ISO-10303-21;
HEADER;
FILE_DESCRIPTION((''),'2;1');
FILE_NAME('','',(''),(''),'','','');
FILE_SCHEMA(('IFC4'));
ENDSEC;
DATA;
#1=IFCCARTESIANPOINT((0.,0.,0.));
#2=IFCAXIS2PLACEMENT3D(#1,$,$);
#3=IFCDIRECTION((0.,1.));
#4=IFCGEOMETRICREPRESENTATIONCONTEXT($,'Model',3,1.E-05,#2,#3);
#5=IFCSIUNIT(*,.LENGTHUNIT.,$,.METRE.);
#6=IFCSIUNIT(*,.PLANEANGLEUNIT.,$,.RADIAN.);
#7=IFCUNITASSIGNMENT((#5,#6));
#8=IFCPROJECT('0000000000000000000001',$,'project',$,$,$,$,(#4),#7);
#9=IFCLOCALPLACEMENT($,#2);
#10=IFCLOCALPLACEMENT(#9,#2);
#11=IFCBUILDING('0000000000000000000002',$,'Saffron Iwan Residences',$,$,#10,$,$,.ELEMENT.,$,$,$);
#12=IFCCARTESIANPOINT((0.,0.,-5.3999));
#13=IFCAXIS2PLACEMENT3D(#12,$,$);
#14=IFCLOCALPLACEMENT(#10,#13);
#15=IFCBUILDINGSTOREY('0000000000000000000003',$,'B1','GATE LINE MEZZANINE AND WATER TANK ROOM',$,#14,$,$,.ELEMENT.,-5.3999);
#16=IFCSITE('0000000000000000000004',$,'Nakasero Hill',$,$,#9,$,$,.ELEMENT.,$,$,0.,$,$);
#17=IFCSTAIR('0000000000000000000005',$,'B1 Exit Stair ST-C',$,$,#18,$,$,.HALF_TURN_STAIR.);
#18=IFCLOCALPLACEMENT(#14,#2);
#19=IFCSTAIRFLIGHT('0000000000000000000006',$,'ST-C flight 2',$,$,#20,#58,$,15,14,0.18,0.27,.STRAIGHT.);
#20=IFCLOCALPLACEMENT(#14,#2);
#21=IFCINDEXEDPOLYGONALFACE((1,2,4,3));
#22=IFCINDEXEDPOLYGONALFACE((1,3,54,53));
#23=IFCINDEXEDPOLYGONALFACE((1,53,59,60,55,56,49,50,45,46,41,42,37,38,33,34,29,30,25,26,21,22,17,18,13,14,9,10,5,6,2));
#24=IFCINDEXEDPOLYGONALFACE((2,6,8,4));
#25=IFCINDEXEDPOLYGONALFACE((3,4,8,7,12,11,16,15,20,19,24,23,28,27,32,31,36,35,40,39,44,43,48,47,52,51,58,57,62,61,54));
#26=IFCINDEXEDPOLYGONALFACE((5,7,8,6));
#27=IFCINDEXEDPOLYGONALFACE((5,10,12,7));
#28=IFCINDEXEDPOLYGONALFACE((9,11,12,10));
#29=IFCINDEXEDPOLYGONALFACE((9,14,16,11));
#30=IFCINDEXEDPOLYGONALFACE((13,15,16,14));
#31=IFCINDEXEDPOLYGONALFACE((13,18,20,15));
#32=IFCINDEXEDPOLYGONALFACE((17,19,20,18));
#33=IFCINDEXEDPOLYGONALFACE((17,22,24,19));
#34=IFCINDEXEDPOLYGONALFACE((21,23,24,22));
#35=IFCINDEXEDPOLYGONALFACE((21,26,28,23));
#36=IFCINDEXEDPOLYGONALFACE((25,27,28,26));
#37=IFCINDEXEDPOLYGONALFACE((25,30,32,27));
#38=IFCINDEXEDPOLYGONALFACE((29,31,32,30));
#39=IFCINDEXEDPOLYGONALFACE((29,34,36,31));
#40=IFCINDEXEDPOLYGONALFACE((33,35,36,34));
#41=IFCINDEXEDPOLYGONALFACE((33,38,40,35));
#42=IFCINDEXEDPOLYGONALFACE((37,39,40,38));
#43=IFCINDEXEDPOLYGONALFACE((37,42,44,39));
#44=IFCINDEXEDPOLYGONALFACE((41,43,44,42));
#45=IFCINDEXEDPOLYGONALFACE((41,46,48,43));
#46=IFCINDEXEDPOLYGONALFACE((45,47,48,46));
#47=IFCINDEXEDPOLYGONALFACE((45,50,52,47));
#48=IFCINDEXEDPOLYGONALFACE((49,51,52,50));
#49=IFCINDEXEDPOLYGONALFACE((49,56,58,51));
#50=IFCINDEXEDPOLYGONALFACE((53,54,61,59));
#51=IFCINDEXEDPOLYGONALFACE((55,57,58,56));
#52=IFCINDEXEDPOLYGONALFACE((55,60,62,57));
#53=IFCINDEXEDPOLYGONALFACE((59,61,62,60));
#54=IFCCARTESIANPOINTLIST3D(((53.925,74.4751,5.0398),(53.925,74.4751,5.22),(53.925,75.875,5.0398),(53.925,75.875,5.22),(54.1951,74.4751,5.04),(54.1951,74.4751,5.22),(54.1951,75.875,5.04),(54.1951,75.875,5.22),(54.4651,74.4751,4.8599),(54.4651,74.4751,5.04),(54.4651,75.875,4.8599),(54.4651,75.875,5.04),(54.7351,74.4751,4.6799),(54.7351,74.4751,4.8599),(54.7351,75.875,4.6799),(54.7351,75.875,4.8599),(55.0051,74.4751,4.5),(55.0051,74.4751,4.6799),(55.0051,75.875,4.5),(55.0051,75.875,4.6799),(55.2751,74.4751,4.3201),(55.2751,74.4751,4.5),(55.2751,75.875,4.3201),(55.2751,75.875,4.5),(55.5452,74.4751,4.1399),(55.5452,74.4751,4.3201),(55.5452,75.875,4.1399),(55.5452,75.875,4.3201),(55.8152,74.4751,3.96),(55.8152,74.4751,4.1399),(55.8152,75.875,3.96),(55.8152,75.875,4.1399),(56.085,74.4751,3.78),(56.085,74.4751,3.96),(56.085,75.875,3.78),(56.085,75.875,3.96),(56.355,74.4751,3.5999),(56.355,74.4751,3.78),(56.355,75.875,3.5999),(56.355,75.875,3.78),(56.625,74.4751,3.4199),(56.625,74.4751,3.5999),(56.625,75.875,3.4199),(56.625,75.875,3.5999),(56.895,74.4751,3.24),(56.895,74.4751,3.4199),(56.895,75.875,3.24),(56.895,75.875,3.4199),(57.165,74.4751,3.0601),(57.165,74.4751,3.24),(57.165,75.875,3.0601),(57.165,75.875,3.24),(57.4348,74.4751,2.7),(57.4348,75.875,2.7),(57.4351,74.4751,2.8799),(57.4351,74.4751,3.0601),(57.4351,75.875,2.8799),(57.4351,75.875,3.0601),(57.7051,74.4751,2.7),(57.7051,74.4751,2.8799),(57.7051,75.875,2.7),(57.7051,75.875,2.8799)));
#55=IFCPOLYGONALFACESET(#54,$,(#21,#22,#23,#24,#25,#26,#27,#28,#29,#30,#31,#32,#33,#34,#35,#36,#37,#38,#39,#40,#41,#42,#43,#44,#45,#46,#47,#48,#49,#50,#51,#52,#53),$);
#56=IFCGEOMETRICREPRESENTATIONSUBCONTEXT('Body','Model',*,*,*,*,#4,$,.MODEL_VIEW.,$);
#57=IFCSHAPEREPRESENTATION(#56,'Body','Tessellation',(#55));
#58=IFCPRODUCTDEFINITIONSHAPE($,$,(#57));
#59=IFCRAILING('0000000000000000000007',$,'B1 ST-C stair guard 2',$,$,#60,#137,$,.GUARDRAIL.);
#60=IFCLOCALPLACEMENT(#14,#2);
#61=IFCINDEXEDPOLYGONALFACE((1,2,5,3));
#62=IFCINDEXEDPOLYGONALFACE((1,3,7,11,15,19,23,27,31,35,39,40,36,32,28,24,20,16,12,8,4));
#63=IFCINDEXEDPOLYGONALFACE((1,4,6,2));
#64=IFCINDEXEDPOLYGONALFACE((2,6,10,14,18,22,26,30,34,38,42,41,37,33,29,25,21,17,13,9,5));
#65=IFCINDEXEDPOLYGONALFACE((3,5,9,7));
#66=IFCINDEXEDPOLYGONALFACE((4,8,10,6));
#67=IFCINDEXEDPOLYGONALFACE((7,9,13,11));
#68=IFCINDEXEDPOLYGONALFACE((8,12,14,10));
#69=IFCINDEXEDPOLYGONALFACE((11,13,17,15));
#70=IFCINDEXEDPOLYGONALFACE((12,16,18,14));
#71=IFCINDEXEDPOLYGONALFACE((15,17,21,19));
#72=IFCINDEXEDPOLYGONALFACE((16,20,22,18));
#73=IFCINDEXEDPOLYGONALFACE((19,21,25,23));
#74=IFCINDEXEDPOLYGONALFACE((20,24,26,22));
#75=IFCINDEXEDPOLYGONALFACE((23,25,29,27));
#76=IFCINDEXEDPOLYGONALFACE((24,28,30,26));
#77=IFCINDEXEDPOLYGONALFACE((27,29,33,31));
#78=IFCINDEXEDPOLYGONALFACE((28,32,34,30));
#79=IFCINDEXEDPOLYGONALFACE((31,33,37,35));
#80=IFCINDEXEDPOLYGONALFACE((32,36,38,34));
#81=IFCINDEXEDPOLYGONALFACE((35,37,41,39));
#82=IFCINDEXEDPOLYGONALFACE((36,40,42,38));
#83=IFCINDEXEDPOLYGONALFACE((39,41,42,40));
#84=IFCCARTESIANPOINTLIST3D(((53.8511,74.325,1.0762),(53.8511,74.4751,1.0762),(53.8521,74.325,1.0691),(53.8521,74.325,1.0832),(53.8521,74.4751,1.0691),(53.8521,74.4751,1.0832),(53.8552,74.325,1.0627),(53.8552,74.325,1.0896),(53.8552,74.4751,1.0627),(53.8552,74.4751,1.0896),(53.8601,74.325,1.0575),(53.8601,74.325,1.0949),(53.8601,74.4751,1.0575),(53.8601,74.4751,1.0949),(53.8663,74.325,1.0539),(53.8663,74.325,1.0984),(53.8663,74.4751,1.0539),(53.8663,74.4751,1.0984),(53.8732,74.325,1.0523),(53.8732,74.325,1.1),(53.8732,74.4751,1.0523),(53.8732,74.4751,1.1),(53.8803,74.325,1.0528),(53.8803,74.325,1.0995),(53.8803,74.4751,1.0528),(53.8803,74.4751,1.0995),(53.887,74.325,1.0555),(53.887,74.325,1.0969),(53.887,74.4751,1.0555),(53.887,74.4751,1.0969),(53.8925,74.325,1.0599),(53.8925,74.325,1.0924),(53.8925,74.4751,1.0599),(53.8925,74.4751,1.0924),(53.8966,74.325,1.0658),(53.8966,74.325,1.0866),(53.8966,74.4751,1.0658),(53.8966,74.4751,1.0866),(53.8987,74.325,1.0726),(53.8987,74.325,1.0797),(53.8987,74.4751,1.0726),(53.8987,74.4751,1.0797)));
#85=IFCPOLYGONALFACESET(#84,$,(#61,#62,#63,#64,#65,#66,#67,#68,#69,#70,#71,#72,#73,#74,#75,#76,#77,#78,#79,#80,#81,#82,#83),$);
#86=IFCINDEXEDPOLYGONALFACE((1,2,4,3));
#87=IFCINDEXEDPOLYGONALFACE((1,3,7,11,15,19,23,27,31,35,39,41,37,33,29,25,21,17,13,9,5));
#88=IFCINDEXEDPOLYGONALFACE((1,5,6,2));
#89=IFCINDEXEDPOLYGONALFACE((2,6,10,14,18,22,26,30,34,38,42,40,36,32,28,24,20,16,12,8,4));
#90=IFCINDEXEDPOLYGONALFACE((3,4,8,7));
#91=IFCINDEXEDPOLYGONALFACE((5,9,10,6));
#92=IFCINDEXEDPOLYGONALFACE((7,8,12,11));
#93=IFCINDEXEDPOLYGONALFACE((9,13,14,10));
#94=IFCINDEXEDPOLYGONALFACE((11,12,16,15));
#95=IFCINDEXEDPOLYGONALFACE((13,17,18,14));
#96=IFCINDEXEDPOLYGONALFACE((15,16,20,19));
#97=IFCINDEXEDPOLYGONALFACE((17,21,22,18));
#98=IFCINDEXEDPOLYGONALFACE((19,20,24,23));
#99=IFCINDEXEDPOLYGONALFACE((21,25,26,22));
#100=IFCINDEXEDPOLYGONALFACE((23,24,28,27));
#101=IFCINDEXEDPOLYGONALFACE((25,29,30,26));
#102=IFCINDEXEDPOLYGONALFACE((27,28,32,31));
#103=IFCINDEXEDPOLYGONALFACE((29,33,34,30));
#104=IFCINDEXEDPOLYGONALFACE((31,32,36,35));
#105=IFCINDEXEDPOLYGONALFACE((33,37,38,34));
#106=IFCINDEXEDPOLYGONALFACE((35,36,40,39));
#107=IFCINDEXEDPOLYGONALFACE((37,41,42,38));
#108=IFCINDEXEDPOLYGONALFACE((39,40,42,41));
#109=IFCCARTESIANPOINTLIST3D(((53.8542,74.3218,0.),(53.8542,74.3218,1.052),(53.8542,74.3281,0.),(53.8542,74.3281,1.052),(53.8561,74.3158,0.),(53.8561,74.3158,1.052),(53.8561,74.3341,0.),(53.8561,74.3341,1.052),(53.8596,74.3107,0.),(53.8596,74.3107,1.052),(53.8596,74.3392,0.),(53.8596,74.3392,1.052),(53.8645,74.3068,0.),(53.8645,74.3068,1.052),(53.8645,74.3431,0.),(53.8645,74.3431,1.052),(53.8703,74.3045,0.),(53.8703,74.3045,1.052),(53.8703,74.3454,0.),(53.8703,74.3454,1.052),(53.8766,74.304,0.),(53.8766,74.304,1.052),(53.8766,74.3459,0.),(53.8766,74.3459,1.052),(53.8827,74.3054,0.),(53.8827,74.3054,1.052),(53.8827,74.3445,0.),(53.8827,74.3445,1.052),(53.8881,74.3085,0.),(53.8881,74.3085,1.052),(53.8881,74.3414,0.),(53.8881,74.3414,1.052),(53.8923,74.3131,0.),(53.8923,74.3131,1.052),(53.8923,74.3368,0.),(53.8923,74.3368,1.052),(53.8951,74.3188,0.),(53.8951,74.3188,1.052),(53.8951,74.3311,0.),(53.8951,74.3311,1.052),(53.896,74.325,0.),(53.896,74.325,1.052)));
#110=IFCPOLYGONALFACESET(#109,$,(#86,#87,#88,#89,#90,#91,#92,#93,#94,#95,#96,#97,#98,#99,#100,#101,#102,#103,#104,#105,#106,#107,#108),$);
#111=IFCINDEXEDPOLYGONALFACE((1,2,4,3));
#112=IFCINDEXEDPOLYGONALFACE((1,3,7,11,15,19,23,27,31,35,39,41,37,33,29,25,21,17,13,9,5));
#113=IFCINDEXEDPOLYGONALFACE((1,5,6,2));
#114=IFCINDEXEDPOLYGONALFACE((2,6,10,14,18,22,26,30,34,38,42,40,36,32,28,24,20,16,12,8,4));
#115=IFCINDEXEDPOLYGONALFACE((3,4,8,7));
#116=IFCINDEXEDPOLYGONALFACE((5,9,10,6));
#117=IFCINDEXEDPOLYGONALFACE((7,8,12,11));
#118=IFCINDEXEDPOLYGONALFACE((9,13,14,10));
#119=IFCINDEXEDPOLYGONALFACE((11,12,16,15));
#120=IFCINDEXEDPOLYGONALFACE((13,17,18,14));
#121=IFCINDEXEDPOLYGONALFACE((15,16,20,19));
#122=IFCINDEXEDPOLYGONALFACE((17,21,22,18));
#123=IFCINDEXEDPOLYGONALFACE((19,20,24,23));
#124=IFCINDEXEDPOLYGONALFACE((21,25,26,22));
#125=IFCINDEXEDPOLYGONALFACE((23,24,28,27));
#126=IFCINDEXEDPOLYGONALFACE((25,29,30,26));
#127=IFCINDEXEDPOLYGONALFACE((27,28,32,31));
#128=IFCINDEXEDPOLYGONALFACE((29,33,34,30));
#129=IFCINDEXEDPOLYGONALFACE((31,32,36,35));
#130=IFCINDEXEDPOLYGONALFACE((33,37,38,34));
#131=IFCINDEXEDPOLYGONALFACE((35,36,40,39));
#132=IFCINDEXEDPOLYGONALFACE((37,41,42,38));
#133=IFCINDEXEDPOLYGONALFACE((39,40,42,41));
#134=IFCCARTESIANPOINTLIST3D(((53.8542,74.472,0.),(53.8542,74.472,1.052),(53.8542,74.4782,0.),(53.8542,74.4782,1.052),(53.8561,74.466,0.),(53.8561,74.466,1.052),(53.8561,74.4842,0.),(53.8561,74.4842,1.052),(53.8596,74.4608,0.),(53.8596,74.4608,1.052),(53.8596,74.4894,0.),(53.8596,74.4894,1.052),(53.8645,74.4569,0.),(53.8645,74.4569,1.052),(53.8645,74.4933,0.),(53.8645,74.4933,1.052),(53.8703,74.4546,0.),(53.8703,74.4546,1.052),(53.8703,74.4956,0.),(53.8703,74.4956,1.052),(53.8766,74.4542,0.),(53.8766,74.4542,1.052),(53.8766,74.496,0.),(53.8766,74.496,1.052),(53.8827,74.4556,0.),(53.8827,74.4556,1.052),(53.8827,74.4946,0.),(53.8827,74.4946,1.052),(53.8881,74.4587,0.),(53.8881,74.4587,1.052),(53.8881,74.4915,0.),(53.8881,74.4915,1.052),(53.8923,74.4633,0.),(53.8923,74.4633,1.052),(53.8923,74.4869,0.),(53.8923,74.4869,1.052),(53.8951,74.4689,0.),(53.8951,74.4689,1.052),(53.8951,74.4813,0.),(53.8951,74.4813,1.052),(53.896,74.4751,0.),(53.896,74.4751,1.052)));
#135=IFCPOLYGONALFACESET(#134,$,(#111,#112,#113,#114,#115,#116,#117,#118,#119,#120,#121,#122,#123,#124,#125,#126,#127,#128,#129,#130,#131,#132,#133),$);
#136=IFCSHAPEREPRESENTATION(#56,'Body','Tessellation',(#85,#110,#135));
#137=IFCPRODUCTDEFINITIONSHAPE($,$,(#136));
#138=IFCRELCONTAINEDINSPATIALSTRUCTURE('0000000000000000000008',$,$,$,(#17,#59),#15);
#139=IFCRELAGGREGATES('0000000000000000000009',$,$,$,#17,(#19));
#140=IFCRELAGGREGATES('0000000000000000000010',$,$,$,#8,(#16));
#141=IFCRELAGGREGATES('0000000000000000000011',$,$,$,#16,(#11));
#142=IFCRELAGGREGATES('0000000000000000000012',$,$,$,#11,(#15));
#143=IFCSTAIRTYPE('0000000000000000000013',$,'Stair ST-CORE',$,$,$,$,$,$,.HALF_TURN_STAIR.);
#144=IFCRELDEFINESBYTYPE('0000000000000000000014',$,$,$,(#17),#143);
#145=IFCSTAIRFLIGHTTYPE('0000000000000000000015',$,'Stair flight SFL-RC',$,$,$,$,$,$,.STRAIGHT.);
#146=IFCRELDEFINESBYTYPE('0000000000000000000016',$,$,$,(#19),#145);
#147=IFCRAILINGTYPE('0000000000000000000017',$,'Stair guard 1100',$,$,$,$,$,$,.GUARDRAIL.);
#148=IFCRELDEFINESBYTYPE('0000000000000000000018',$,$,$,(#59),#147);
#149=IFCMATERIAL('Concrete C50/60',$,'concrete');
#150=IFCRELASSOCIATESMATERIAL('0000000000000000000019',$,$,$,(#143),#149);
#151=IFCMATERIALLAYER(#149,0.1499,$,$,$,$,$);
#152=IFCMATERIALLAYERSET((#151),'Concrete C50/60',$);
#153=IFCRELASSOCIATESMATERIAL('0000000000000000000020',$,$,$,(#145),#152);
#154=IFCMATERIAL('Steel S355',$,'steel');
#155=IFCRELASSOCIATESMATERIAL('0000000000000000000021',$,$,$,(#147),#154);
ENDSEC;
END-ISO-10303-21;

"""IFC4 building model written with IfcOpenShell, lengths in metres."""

from ifc_helpers import new_model, si_unit, direction, frame, origin, origin_2d, place, context, subcontext, project, spatial, polyline, circle, outline, extrude, material, layer, layer_set, type_object, element, aggregate, save


model = new_model("IFC4")

# Units and contexts
model_context = context("Model", 3, precision=1e-05, world=origin(), true_north=direction((0.0, 1.0)))
body_context = subcontext(model_context, "Body", "Model", "MODEL_VIEW")
ifc_project = project(units=[si_unit("LENGTHUNIT", "METRE"), si_unit("PLANEANGLEUNIT", "RADIAN")], contexts=[model_context])

# Site, building, storey
site_placement = place(None, origin())
site = spatial("IfcSite", under=ifc_project, at=site_placement, Name="Nakasero Hill", CompositionType="ELEMENT", RefElevation=0.0)
building_placement = place(site_placement, origin())
building = spatial("IfcBuilding", under=site, at=building_placement, Name="Saffron Iwan Residences", CompositionType="ELEMENT")
storey_placement = place(building_placement, frame((0.0, 0.0, -5.3999)))
storey = spatial("IfcBuildingStorey", under=building, at=storey_placement, Name="B1", Description="GATE LINE MEZZANINE AND WATER TANK ROOM", CompositionType="ELEMENT", Elevation=-5.3999)

# Shared definitions
ifc_material_1 = material(Name="Concrete C50/60", Category="concrete")

# Stair, stair flight
stair_type = type_object("IfcStairType", Name="Stair ST-CORE", PredefinedType="HALF_TURN_STAIR", material=ifc_material_1)
stair_placement = place(storey_placement, origin())
stair = element("IfcStair", 1, at=stair_placement, inside=storey, type_object=stair_type, Name="B1 Exit Stair ST-C", PredefinedType="HALF_TURN_STAIR")
ifc_layer_1 = layer(ifc_material_1, 0.1499)
ifc_layer_set_1 = layer_set([ifc_layer_1], Name="Concrete C50/60")
stair_flight_type = type_object("IfcStairFlightType", Name="Stair flight SFL-RC", PredefinedType="STRAIGHT", material=ifc_layer_set_1)
stair_flight_1_placement = place(storey_placement, frame((57.7051, 75.175, 2.7), z_axis=(0.0, 0.0, 1.0), x_axis=(-1.0, 0.0, 0.0)))
stair_flight_1 = element("IfcStairFlight", 2, at=stair_flight_1_placement, type_object=stair_flight_type, Name="ST-C flight 2", NumberOfRisers=15, NumberOfTreads=14, PredefinedType="STRAIGHT", RiserHeight=0.18, TreadLength=0.27, context=body_context, shape_type="SweptSolid", body=[
    extrude(outline(polyline([(0.0, 0.0), (0.0, 0.1799), (0.27, 0.1799), (0.27, 0.3601), (0.54, 0.3601), (0.54, 0.54), (0.8101, 0.54), (0.8101, 0.72), (1.0801, 0.72), (1.0801, 0.8999), (1.3501, 0.8999), (1.3501, 1.0801), (1.6201, 1.0801), (1.6201, 1.26), (1.8899, 1.26), (1.8899, 1.4399), (2.1599, 1.4399), (2.1599, 1.6201), (2.4299, 1.6201), (2.4299, 1.8), (2.7, 1.8), (2.7, 1.98), (2.97, 1.98), (2.97, 2.1599), (3.24, 2.1599), (3.24, 2.3401), (3.51, 2.3401), (3.51, 2.52), (3.78, 2.52), (3.78, 2.7), (3.78, 2.3398), (0.2703, 0.0), (0.0, 0.0)])), frame((0.0, 0.7, 0.0), z_axis=(0.0, -1.0, 0.0), x_axis=(1.0, 0.0, 0.0)), (0.0, 0.0, 1.0), 1.3999),
])
aggregate(stair, [stair_flight_1])

# Railing
ifc_material_2 = material(Name="Steel S355", Category="steel")
railing_type_1 = type_object("IfcRailingType", Name="Stair guard 1100", PredefinedType="GUARDRAIL", material=ifc_material_2)
railing_1_placement = place(storey_placement, frame((53.875, 74.325, 0.0)))
element("IfcRailing", 3, at=railing_1_placement, inside=storey, type_object=railing_type_1, Name="B1 ST-C stair guard 2", PredefinedType="GUARDRAIL", context=body_context, shape_type="SweptSolid", body=[
    extrude(circle(Radius=0.0239, at=origin_2d()), frame((0.0, 0.0, 1.0762), z_axis=(0.0, 1.0, 0.0), x_axis=(-1.0, 0.0, 0.0)), (0.0, 0.0, 1.0), 0.1501),
    extrude(circle(Radius=0.021, at=origin_2d()), origin(), (0.0, 0.0, 1.0), 1.052),
    extrude(circle(Radius=0.021, at=origin_2d()), frame((0.0, 0.1501, 0.0)), (0.0, 0.0, 1.0), 1.052),
])

save(model, "model.ifc")
